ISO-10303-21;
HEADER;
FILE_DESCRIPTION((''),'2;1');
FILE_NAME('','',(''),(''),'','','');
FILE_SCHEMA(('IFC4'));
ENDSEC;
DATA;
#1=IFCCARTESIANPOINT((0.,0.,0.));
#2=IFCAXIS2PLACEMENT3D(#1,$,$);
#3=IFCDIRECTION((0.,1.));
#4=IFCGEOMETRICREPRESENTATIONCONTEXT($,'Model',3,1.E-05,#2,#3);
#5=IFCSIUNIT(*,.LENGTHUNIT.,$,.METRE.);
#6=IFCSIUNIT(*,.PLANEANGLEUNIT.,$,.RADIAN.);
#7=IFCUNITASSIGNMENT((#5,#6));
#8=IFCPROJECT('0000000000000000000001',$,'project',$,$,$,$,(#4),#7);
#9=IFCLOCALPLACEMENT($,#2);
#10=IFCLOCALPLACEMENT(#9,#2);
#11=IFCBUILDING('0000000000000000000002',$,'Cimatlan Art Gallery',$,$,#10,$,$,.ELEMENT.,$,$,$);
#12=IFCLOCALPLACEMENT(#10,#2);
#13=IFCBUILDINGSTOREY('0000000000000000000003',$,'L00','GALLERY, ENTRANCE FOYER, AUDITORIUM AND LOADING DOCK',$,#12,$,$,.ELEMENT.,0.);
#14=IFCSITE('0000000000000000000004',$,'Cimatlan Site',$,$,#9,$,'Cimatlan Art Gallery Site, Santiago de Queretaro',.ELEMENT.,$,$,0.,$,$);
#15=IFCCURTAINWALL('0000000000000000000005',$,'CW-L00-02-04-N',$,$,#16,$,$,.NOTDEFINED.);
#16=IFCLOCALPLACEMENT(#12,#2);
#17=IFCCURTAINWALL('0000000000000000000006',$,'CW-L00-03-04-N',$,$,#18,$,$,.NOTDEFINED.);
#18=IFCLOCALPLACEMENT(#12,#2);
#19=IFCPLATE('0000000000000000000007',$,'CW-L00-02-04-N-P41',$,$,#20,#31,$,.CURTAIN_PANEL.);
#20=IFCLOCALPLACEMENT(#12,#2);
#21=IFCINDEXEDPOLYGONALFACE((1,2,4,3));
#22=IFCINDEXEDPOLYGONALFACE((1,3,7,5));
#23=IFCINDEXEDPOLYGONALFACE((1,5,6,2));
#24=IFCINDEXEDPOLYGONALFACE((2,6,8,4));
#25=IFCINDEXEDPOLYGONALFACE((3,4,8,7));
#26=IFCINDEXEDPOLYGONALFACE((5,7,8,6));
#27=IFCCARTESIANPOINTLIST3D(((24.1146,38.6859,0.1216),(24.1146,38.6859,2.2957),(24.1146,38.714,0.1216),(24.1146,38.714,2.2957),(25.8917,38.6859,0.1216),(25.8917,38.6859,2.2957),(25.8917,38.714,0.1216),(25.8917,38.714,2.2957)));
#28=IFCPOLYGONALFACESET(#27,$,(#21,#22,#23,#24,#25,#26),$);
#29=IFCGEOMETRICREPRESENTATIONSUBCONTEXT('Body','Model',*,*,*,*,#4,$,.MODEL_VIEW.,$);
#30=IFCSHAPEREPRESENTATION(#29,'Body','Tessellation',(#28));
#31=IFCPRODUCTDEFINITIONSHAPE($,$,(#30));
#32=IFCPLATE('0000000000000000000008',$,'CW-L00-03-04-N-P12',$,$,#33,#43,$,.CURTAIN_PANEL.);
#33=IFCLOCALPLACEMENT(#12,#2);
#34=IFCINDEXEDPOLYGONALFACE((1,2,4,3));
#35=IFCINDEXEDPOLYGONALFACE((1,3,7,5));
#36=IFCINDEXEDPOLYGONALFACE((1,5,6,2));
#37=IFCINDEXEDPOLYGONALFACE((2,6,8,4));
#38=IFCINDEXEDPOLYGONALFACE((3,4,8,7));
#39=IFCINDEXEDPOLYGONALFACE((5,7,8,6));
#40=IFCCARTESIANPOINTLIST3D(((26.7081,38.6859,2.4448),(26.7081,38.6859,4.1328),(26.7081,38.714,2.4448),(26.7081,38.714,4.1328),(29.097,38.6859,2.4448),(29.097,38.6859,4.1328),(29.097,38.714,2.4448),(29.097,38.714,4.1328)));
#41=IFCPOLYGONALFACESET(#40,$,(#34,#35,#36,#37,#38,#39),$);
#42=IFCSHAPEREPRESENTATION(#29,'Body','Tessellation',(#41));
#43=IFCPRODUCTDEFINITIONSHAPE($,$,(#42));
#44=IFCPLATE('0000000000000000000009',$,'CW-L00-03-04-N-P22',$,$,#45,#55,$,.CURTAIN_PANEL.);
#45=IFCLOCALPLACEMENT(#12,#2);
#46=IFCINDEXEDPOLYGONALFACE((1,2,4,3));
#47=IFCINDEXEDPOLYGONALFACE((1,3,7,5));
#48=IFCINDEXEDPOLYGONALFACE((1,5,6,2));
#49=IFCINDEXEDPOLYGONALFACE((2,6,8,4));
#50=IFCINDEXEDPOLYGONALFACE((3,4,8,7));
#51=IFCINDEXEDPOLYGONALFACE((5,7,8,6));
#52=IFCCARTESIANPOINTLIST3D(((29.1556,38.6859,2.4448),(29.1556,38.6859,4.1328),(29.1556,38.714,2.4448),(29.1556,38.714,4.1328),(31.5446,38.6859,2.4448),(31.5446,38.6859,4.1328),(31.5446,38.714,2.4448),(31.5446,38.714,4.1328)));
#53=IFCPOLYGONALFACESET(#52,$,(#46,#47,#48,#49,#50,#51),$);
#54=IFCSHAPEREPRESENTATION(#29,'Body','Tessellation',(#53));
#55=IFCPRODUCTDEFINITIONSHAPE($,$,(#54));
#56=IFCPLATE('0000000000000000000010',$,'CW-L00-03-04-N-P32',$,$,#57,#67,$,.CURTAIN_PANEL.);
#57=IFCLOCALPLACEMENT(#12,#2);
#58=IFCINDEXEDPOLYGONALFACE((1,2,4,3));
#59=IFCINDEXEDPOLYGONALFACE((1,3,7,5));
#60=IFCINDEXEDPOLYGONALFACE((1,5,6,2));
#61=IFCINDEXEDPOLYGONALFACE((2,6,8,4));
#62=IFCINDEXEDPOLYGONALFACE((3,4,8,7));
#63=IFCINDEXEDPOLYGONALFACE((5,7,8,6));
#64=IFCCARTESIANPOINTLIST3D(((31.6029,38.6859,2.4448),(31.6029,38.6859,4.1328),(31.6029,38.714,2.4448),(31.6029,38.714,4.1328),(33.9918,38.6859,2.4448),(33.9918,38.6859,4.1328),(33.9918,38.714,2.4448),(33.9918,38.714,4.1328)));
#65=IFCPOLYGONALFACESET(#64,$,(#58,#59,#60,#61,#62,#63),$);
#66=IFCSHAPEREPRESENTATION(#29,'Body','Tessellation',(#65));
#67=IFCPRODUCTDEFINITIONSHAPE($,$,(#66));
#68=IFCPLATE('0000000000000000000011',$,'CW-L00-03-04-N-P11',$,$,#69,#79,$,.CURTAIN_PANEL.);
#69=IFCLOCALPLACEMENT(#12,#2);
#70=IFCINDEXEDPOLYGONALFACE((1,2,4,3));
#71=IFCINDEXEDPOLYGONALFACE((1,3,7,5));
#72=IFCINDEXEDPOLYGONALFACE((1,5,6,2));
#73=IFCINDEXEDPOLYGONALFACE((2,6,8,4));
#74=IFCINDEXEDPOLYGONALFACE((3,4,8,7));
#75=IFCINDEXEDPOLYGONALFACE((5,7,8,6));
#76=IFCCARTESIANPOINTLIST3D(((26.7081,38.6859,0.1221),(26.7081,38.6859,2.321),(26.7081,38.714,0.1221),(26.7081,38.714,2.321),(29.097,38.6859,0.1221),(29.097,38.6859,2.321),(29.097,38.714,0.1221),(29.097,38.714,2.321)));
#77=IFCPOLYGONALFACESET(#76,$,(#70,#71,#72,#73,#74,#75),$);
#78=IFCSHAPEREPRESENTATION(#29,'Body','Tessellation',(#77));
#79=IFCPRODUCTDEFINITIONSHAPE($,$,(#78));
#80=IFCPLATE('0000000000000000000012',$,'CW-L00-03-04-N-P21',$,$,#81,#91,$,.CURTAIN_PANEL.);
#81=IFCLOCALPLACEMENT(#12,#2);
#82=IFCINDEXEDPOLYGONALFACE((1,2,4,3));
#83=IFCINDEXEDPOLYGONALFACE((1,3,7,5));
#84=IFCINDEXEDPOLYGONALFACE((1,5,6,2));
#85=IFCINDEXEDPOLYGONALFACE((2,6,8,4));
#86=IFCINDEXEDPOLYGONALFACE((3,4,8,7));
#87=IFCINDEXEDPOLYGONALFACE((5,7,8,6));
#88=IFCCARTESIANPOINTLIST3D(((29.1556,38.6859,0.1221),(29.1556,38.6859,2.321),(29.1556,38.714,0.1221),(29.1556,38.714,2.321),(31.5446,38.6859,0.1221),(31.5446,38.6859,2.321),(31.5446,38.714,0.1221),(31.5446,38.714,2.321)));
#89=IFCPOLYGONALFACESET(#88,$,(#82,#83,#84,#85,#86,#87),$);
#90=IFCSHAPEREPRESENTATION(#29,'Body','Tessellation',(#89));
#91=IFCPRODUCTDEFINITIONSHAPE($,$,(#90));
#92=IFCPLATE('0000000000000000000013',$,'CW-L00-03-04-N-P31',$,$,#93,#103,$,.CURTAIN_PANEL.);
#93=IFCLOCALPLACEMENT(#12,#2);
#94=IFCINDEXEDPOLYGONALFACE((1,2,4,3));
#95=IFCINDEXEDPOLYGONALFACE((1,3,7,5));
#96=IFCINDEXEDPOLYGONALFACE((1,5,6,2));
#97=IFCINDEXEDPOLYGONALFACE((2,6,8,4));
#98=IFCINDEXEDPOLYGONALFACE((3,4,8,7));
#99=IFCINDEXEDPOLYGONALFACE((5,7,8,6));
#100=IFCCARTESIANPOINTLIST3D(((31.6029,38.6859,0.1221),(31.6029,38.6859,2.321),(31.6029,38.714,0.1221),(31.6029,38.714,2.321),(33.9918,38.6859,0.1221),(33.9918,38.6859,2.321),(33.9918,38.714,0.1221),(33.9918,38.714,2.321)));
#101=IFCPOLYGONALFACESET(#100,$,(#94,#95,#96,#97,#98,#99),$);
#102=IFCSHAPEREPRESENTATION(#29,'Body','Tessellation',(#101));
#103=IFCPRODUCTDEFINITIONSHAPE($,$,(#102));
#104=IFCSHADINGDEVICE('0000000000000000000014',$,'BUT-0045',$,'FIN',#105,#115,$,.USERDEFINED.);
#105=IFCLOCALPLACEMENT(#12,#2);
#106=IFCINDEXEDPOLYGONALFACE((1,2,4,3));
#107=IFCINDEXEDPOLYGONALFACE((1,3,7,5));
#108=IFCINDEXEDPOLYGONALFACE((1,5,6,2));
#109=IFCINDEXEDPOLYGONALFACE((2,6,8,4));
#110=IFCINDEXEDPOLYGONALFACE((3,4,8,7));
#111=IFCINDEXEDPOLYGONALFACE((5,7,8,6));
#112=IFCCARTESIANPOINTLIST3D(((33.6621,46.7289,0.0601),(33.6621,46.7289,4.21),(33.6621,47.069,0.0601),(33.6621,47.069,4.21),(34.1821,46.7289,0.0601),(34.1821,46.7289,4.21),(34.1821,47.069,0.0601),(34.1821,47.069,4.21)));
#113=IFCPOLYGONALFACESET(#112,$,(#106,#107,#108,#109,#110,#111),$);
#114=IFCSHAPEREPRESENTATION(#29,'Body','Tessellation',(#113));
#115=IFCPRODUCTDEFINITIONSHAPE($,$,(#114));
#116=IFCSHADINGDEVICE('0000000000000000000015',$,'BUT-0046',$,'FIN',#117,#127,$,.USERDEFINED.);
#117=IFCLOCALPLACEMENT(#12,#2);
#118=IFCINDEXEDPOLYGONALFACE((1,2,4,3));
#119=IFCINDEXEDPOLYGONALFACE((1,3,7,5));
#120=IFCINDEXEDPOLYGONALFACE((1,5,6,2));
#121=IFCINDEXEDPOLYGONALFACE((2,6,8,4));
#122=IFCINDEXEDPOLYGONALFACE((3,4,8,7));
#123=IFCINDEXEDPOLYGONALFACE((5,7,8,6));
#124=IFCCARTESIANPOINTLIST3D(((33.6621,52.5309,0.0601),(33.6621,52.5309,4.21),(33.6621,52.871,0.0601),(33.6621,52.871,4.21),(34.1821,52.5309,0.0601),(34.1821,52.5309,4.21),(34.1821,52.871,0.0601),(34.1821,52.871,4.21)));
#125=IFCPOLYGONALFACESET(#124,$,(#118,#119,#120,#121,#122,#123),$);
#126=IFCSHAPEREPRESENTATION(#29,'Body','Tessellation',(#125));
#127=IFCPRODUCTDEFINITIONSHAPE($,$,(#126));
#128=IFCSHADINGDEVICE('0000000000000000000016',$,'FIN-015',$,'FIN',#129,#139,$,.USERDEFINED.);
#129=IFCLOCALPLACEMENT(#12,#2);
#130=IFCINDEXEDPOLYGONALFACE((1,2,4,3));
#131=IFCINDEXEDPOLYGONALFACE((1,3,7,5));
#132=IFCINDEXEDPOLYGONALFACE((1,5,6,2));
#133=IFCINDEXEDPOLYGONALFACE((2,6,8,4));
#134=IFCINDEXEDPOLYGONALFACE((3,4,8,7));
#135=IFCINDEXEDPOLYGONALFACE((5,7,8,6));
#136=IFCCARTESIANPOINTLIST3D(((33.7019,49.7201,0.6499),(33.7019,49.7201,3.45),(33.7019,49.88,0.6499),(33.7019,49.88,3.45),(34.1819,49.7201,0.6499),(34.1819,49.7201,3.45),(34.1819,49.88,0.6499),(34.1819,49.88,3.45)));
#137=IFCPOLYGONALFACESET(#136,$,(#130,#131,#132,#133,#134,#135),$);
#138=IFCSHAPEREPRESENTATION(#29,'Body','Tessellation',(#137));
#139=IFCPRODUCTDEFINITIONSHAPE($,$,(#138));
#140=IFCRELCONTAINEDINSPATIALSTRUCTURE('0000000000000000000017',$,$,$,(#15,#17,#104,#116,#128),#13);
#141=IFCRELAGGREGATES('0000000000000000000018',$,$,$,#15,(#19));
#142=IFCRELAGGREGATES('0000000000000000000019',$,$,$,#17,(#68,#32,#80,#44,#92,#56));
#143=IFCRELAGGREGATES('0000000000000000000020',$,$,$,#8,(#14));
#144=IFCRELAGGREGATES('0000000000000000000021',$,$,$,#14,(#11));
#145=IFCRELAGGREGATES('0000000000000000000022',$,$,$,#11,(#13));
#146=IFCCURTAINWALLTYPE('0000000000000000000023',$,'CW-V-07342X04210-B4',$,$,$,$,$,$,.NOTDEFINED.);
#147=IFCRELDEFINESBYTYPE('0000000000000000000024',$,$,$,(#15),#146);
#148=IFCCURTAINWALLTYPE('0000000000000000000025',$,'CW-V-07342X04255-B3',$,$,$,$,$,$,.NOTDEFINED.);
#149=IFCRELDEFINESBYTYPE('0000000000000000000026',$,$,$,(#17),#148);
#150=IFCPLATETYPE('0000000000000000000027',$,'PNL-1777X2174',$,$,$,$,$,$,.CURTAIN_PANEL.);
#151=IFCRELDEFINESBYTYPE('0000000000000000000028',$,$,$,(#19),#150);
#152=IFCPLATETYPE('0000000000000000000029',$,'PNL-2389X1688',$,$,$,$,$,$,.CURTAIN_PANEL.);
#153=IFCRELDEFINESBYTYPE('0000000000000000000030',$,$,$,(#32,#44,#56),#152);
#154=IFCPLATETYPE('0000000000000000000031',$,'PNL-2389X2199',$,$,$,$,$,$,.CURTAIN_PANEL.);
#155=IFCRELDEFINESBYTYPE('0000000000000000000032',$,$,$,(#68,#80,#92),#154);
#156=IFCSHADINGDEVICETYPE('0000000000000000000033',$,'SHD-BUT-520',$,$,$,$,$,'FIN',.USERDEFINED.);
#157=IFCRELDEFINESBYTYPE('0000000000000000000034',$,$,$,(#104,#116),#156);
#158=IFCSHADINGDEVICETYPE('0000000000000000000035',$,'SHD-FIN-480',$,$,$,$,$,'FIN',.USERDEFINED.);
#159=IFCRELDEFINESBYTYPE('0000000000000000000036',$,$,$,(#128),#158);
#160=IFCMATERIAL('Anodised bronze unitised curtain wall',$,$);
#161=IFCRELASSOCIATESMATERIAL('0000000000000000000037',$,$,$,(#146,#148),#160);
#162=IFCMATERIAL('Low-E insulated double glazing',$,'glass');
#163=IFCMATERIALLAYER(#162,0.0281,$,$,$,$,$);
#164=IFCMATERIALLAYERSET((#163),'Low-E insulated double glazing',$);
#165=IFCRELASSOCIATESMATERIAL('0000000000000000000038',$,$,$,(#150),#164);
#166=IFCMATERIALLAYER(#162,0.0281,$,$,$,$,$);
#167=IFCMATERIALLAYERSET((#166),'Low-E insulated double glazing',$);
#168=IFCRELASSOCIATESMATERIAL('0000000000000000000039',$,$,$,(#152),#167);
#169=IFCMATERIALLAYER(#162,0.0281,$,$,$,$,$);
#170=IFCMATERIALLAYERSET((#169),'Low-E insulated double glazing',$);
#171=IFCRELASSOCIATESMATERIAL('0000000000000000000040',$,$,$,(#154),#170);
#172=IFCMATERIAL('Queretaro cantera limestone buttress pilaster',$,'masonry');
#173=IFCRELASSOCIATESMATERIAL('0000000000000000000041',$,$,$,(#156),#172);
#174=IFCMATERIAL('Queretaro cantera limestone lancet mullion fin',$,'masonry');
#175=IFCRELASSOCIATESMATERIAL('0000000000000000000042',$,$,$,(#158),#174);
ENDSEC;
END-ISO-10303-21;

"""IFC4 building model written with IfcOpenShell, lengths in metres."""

from ifc_helpers import new_model, si_unit, direction, frame, origin, origin_2d, place, context, subcontext, project, spatial, rectangle, extrude, material, layer, layer_set, type_object, element, aggregate, save


model = new_model("IFC4")

# Units and contexts
model_context = context("Model", 3, precision=1e-05, world=origin(), true_north=direction((0.0, 1.0)))
body_context = subcontext(model_context, "Body", "Model", "MODEL_VIEW")
ifc_project = project(units=[si_unit("LENGTHUNIT", "METRE"), si_unit("PLANEANGLEUNIT", "RADIAN")], contexts=[model_context])

# Site, building, storey
site_placement = place(None, origin())
site = spatial("IfcSite", under=ifc_project, at=site_placement, Name="Cimatlan Site", LongName="Cimatlan Art Gallery Site, Santiago de Queretaro", CompositionType="ELEMENT", RefElevation=0.0)
building_placement = place(site_placement, origin())
building = spatial("IfcBuilding", under=site, at=building_placement, Name="Cimatlan Art Gallery", CompositionType="ELEMENT")
storey_placement = place(building_placement, origin())
storey = spatial("IfcBuildingStorey", under=building, at=storey_placement, Name="L00", Description="GALLERY, ENTRANCE FOYER, AUDITORIUM AND LOADING DOCK", CompositionType="ELEMENT", Elevation=0.0)

# Curtain walls
ifc_material_1 = material(Name="Anodised bronze unitised curtain wall")
curtain_wall_type_1 = type_object("IfcCurtainWallType", Name="CW-V-07342X04210-B4", PredefinedType="NOTDEFINED", material=ifc_material_1)
curtain_wall_1_placement = place(storey_placement, origin())
curtain_wall_1 = element("IfcCurtainWall", 1, at=curtain_wall_1_placement, inside=storey, type_object=curtain_wall_type_1, Name="CW-L00-02-04-N", PredefinedType="NOTDEFINED")
curtain_wall_type_2 = type_object("IfcCurtainWallType", Name="CW-V-07342X04255-B3", PredefinedType="NOTDEFINED", material=ifc_material_1)
curtain_wall_2_placement = place(storey_placement, origin())
curtain_wall_2 = element("IfcCurtainWall", 2, at=curtain_wall_2_placement, inside=storey, type_object=curtain_wall_type_2, Name="CW-L00-03-04-N", PredefinedType="NOTDEFINED")

# Plates
ifc_material_2 = material(Name="Low-E insulated double glazing", Category="glass")
ifc_layer_1 = layer(ifc_material_2, 0.0281)
ifc_layer_set_1 = layer_set([ifc_layer_1], Name="Low-E insulated double glazing")
plate_type_1 = type_object("IfcPlateType", Name="PNL-1777X2174", PredefinedType="CURTAIN_PANEL", material=ifc_layer_set_1)
plate_1_placement = place(storey_placement, frame((25.0032, 38.7, 0.1216), z_axis=(0.0, 0.0, 1.0), x_axis=(1.0, 0.0, 0.0)))
plate_1 = element("IfcPlate", 3, at=plate_1_placement, type_object=plate_type_1, Name="CW-L00-02-04-N-P41", PredefinedType="CURTAIN_PANEL", context=body_context, shape_type="SweptSolid", body=[
    extrude(rectangle(XDim=1.7771, YDim=0.0281, at=origin_2d()), origin(), (0.0, 0.0, 1.0), 2.1741),
])
aggregate(curtain_wall_1, [plate_1])
ifc_layer_2 = layer(ifc_material_2, 0.0281)
ifc_layer_set_2 = layer_set([ifc_layer_2], Name="Low-E insulated double glazing")
plate_type_2 = type_object("IfcPlateType", Name="PNL-2389X1688", PredefinedType="CURTAIN_PANEL", material=ifc_layer_set_2)
plate_2_placement = place(storey_placement, frame((27.9026, 38.7, 2.4448), z_axis=(0.0, 0.0, 1.0), x_axis=(1.0, 0.0, 0.0)))
plate_2 = element("IfcPlate", 4, at=plate_2_placement, type_object=plate_type_2, Name="CW-L00-03-04-N-P12", PredefinedType="CURTAIN_PANEL", context=body_context, shape_type="SweptSolid", body=[
    extrude(rectangle(XDim=2.3889, YDim=0.0281, at=origin_2d()), origin(), (0.0, 0.0, 1.0), 1.688),
])
plate_3_placement = place(storey_placement, frame((30.3501, 38.7, 2.4448), z_axis=(0.0, 0.0, 1.0), x_axis=(1.0, 0.0, 0.0)))
plate_3 = element("IfcPlate", 5, at=plate_3_placement, type_object=plate_type_2, Name="CW-L00-03-04-N-P22", PredefinedType="CURTAIN_PANEL", context=body_context, shape_type="SweptSolid", body=[
    extrude(rectangle(XDim=2.3889, YDim=0.0281, at=origin_2d()), origin(), (0.0, 0.0, 1.0), 1.688),
])
plate_4_placement = place(storey_placement, frame((32.7974, 38.7, 2.4448), z_axis=(0.0, 0.0, 1.0), x_axis=(1.0, 0.0, 0.0)))
plate_4 = element("IfcPlate", 6, at=plate_4_placement, type_object=plate_type_2, Name="CW-L00-03-04-N-P32", PredefinedType="CURTAIN_PANEL", context=body_context, shape_type="SweptSolid", body=[
    extrude(rectangle(XDim=2.3889, YDim=0.0281, at=origin_2d()), origin(), (0.0, 0.0, 1.0), 1.688),
])
ifc_layer_3 = layer(ifc_material_2, 0.0281)
ifc_layer_set_3 = layer_set([ifc_layer_3], Name="Low-E insulated double glazing")
plate_type_3 = type_object("IfcPlateType", Name="PNL-2389X2199", PredefinedType="CURTAIN_PANEL", material=ifc_layer_set_3)
plate_5_placement = place(storey_placement, frame((27.9026, 38.7, 0.1221), z_axis=(0.0, 0.0, 1.0), x_axis=(1.0, 0.0, 0.0)))
plate_5 = element("IfcPlate", 7, at=plate_5_placement, type_object=plate_type_3, Name="CW-L00-03-04-N-P11", PredefinedType="CURTAIN_PANEL", context=body_context, shape_type="SweptSolid", body=[
    extrude(rectangle(XDim=2.3889, YDim=0.0281, at=origin_2d()), origin(), (0.0, 0.0, 1.0), 2.199),
])
plate_6_placement = place(storey_placement, frame((30.3501, 38.7, 0.1221), z_axis=(0.0, 0.0, 1.0), x_axis=(1.0, 0.0, 0.0)))
plate_6 = element("IfcPlate", 8, at=plate_6_placement, type_object=plate_type_3, Name="CW-L00-03-04-N-P21", PredefinedType="CURTAIN_PANEL", context=body_context, shape_type="SweptSolid", body=[
    extrude(rectangle(XDim=2.3889, YDim=0.0281, at=origin_2d()), origin(), (0.0, 0.0, 1.0), 2.199),
])
plate_7_placement = place(storey_placement, frame((32.7974, 38.7, 0.1221), z_axis=(0.0, 0.0, 1.0), x_axis=(1.0, 0.0, 0.0)))
plate_7 = element("IfcPlate", 9, at=plate_7_placement, type_object=plate_type_3, Name="CW-L00-03-04-N-P31", PredefinedType="CURTAIN_PANEL", context=body_context, shape_type="SweptSolid", body=[
    extrude(rectangle(XDim=2.3889, YDim=0.0281, at=origin_2d()), origin(), (0.0, 0.0, 1.0), 2.199),
])
aggregate(curtain_wall_2, [plate_5, plate_2, plate_6, plate_3, plate_7, plate_4])

# Shading devices
ifc_material_3 = material(Name="Queretaro cantera limestone buttress pilaster", Category="masonry")
shading_device_type_1 = type_object("IfcShadingDeviceType", Name="SHD-BUT-520", ElementType="FIN", PredefinedType="USERDEFINED", material=ifc_material_3)
for number, where, z_axis, x_axis, name in (
    (10, (33.9221, 46.8989, 0.0601), (0.0, 0.0, 1.0), (0.0, 1.0, 0.0), "BUT-0045"),
    (11, (33.9221, 52.7009, 0.0601), (0.0, 0.0, 1.0), (0.0, 1.0, 0.0), "BUT-0046"),
):
    element("IfcShadingDevice", number, at=place(storey_placement, frame(where, z_axis=z_axis, x_axis=x_axis)), inside=storey, type_object=shading_device_type_1, Name=name, ObjectType="FIN", PredefinedType="USERDEFINED", context=body_context, shape_type="SweptSolid", body=[
        extrude(rectangle(XDim=0.3401, YDim=0.52, at=origin_2d()), origin(), (0.0, 0.0, 1.0), 4.1499),
    ])
ifc_material_4 = material(Name="Queretaro cantera limestone lancet mullion fin", Category="masonry")
shading_device_type_2 = type_object("IfcShadingDeviceType", Name="SHD-FIN-480", ElementType="FIN", PredefinedType="USERDEFINED", material=ifc_material_4)
shading_device_placement = place(storey_placement, frame((33.9419, 49.8, 0.6499), z_axis=(0.0, 0.0, 1.0), x_axis=(0.0, 1.0, 0.0)))
element("IfcShadingDevice", 12, at=shading_device_placement, inside=storey, type_object=shading_device_type_2, Name="FIN-015", ObjectType="FIN", PredefinedType="USERDEFINED", context=body_context, shape_type="SweptSolid", body=[
    extrude(rectangle(XDim=0.1599, YDim=0.48, at=origin_2d()), origin(), (0.0, 0.0, 1.0), 2.8),
])

save(model, "model.ifc")
